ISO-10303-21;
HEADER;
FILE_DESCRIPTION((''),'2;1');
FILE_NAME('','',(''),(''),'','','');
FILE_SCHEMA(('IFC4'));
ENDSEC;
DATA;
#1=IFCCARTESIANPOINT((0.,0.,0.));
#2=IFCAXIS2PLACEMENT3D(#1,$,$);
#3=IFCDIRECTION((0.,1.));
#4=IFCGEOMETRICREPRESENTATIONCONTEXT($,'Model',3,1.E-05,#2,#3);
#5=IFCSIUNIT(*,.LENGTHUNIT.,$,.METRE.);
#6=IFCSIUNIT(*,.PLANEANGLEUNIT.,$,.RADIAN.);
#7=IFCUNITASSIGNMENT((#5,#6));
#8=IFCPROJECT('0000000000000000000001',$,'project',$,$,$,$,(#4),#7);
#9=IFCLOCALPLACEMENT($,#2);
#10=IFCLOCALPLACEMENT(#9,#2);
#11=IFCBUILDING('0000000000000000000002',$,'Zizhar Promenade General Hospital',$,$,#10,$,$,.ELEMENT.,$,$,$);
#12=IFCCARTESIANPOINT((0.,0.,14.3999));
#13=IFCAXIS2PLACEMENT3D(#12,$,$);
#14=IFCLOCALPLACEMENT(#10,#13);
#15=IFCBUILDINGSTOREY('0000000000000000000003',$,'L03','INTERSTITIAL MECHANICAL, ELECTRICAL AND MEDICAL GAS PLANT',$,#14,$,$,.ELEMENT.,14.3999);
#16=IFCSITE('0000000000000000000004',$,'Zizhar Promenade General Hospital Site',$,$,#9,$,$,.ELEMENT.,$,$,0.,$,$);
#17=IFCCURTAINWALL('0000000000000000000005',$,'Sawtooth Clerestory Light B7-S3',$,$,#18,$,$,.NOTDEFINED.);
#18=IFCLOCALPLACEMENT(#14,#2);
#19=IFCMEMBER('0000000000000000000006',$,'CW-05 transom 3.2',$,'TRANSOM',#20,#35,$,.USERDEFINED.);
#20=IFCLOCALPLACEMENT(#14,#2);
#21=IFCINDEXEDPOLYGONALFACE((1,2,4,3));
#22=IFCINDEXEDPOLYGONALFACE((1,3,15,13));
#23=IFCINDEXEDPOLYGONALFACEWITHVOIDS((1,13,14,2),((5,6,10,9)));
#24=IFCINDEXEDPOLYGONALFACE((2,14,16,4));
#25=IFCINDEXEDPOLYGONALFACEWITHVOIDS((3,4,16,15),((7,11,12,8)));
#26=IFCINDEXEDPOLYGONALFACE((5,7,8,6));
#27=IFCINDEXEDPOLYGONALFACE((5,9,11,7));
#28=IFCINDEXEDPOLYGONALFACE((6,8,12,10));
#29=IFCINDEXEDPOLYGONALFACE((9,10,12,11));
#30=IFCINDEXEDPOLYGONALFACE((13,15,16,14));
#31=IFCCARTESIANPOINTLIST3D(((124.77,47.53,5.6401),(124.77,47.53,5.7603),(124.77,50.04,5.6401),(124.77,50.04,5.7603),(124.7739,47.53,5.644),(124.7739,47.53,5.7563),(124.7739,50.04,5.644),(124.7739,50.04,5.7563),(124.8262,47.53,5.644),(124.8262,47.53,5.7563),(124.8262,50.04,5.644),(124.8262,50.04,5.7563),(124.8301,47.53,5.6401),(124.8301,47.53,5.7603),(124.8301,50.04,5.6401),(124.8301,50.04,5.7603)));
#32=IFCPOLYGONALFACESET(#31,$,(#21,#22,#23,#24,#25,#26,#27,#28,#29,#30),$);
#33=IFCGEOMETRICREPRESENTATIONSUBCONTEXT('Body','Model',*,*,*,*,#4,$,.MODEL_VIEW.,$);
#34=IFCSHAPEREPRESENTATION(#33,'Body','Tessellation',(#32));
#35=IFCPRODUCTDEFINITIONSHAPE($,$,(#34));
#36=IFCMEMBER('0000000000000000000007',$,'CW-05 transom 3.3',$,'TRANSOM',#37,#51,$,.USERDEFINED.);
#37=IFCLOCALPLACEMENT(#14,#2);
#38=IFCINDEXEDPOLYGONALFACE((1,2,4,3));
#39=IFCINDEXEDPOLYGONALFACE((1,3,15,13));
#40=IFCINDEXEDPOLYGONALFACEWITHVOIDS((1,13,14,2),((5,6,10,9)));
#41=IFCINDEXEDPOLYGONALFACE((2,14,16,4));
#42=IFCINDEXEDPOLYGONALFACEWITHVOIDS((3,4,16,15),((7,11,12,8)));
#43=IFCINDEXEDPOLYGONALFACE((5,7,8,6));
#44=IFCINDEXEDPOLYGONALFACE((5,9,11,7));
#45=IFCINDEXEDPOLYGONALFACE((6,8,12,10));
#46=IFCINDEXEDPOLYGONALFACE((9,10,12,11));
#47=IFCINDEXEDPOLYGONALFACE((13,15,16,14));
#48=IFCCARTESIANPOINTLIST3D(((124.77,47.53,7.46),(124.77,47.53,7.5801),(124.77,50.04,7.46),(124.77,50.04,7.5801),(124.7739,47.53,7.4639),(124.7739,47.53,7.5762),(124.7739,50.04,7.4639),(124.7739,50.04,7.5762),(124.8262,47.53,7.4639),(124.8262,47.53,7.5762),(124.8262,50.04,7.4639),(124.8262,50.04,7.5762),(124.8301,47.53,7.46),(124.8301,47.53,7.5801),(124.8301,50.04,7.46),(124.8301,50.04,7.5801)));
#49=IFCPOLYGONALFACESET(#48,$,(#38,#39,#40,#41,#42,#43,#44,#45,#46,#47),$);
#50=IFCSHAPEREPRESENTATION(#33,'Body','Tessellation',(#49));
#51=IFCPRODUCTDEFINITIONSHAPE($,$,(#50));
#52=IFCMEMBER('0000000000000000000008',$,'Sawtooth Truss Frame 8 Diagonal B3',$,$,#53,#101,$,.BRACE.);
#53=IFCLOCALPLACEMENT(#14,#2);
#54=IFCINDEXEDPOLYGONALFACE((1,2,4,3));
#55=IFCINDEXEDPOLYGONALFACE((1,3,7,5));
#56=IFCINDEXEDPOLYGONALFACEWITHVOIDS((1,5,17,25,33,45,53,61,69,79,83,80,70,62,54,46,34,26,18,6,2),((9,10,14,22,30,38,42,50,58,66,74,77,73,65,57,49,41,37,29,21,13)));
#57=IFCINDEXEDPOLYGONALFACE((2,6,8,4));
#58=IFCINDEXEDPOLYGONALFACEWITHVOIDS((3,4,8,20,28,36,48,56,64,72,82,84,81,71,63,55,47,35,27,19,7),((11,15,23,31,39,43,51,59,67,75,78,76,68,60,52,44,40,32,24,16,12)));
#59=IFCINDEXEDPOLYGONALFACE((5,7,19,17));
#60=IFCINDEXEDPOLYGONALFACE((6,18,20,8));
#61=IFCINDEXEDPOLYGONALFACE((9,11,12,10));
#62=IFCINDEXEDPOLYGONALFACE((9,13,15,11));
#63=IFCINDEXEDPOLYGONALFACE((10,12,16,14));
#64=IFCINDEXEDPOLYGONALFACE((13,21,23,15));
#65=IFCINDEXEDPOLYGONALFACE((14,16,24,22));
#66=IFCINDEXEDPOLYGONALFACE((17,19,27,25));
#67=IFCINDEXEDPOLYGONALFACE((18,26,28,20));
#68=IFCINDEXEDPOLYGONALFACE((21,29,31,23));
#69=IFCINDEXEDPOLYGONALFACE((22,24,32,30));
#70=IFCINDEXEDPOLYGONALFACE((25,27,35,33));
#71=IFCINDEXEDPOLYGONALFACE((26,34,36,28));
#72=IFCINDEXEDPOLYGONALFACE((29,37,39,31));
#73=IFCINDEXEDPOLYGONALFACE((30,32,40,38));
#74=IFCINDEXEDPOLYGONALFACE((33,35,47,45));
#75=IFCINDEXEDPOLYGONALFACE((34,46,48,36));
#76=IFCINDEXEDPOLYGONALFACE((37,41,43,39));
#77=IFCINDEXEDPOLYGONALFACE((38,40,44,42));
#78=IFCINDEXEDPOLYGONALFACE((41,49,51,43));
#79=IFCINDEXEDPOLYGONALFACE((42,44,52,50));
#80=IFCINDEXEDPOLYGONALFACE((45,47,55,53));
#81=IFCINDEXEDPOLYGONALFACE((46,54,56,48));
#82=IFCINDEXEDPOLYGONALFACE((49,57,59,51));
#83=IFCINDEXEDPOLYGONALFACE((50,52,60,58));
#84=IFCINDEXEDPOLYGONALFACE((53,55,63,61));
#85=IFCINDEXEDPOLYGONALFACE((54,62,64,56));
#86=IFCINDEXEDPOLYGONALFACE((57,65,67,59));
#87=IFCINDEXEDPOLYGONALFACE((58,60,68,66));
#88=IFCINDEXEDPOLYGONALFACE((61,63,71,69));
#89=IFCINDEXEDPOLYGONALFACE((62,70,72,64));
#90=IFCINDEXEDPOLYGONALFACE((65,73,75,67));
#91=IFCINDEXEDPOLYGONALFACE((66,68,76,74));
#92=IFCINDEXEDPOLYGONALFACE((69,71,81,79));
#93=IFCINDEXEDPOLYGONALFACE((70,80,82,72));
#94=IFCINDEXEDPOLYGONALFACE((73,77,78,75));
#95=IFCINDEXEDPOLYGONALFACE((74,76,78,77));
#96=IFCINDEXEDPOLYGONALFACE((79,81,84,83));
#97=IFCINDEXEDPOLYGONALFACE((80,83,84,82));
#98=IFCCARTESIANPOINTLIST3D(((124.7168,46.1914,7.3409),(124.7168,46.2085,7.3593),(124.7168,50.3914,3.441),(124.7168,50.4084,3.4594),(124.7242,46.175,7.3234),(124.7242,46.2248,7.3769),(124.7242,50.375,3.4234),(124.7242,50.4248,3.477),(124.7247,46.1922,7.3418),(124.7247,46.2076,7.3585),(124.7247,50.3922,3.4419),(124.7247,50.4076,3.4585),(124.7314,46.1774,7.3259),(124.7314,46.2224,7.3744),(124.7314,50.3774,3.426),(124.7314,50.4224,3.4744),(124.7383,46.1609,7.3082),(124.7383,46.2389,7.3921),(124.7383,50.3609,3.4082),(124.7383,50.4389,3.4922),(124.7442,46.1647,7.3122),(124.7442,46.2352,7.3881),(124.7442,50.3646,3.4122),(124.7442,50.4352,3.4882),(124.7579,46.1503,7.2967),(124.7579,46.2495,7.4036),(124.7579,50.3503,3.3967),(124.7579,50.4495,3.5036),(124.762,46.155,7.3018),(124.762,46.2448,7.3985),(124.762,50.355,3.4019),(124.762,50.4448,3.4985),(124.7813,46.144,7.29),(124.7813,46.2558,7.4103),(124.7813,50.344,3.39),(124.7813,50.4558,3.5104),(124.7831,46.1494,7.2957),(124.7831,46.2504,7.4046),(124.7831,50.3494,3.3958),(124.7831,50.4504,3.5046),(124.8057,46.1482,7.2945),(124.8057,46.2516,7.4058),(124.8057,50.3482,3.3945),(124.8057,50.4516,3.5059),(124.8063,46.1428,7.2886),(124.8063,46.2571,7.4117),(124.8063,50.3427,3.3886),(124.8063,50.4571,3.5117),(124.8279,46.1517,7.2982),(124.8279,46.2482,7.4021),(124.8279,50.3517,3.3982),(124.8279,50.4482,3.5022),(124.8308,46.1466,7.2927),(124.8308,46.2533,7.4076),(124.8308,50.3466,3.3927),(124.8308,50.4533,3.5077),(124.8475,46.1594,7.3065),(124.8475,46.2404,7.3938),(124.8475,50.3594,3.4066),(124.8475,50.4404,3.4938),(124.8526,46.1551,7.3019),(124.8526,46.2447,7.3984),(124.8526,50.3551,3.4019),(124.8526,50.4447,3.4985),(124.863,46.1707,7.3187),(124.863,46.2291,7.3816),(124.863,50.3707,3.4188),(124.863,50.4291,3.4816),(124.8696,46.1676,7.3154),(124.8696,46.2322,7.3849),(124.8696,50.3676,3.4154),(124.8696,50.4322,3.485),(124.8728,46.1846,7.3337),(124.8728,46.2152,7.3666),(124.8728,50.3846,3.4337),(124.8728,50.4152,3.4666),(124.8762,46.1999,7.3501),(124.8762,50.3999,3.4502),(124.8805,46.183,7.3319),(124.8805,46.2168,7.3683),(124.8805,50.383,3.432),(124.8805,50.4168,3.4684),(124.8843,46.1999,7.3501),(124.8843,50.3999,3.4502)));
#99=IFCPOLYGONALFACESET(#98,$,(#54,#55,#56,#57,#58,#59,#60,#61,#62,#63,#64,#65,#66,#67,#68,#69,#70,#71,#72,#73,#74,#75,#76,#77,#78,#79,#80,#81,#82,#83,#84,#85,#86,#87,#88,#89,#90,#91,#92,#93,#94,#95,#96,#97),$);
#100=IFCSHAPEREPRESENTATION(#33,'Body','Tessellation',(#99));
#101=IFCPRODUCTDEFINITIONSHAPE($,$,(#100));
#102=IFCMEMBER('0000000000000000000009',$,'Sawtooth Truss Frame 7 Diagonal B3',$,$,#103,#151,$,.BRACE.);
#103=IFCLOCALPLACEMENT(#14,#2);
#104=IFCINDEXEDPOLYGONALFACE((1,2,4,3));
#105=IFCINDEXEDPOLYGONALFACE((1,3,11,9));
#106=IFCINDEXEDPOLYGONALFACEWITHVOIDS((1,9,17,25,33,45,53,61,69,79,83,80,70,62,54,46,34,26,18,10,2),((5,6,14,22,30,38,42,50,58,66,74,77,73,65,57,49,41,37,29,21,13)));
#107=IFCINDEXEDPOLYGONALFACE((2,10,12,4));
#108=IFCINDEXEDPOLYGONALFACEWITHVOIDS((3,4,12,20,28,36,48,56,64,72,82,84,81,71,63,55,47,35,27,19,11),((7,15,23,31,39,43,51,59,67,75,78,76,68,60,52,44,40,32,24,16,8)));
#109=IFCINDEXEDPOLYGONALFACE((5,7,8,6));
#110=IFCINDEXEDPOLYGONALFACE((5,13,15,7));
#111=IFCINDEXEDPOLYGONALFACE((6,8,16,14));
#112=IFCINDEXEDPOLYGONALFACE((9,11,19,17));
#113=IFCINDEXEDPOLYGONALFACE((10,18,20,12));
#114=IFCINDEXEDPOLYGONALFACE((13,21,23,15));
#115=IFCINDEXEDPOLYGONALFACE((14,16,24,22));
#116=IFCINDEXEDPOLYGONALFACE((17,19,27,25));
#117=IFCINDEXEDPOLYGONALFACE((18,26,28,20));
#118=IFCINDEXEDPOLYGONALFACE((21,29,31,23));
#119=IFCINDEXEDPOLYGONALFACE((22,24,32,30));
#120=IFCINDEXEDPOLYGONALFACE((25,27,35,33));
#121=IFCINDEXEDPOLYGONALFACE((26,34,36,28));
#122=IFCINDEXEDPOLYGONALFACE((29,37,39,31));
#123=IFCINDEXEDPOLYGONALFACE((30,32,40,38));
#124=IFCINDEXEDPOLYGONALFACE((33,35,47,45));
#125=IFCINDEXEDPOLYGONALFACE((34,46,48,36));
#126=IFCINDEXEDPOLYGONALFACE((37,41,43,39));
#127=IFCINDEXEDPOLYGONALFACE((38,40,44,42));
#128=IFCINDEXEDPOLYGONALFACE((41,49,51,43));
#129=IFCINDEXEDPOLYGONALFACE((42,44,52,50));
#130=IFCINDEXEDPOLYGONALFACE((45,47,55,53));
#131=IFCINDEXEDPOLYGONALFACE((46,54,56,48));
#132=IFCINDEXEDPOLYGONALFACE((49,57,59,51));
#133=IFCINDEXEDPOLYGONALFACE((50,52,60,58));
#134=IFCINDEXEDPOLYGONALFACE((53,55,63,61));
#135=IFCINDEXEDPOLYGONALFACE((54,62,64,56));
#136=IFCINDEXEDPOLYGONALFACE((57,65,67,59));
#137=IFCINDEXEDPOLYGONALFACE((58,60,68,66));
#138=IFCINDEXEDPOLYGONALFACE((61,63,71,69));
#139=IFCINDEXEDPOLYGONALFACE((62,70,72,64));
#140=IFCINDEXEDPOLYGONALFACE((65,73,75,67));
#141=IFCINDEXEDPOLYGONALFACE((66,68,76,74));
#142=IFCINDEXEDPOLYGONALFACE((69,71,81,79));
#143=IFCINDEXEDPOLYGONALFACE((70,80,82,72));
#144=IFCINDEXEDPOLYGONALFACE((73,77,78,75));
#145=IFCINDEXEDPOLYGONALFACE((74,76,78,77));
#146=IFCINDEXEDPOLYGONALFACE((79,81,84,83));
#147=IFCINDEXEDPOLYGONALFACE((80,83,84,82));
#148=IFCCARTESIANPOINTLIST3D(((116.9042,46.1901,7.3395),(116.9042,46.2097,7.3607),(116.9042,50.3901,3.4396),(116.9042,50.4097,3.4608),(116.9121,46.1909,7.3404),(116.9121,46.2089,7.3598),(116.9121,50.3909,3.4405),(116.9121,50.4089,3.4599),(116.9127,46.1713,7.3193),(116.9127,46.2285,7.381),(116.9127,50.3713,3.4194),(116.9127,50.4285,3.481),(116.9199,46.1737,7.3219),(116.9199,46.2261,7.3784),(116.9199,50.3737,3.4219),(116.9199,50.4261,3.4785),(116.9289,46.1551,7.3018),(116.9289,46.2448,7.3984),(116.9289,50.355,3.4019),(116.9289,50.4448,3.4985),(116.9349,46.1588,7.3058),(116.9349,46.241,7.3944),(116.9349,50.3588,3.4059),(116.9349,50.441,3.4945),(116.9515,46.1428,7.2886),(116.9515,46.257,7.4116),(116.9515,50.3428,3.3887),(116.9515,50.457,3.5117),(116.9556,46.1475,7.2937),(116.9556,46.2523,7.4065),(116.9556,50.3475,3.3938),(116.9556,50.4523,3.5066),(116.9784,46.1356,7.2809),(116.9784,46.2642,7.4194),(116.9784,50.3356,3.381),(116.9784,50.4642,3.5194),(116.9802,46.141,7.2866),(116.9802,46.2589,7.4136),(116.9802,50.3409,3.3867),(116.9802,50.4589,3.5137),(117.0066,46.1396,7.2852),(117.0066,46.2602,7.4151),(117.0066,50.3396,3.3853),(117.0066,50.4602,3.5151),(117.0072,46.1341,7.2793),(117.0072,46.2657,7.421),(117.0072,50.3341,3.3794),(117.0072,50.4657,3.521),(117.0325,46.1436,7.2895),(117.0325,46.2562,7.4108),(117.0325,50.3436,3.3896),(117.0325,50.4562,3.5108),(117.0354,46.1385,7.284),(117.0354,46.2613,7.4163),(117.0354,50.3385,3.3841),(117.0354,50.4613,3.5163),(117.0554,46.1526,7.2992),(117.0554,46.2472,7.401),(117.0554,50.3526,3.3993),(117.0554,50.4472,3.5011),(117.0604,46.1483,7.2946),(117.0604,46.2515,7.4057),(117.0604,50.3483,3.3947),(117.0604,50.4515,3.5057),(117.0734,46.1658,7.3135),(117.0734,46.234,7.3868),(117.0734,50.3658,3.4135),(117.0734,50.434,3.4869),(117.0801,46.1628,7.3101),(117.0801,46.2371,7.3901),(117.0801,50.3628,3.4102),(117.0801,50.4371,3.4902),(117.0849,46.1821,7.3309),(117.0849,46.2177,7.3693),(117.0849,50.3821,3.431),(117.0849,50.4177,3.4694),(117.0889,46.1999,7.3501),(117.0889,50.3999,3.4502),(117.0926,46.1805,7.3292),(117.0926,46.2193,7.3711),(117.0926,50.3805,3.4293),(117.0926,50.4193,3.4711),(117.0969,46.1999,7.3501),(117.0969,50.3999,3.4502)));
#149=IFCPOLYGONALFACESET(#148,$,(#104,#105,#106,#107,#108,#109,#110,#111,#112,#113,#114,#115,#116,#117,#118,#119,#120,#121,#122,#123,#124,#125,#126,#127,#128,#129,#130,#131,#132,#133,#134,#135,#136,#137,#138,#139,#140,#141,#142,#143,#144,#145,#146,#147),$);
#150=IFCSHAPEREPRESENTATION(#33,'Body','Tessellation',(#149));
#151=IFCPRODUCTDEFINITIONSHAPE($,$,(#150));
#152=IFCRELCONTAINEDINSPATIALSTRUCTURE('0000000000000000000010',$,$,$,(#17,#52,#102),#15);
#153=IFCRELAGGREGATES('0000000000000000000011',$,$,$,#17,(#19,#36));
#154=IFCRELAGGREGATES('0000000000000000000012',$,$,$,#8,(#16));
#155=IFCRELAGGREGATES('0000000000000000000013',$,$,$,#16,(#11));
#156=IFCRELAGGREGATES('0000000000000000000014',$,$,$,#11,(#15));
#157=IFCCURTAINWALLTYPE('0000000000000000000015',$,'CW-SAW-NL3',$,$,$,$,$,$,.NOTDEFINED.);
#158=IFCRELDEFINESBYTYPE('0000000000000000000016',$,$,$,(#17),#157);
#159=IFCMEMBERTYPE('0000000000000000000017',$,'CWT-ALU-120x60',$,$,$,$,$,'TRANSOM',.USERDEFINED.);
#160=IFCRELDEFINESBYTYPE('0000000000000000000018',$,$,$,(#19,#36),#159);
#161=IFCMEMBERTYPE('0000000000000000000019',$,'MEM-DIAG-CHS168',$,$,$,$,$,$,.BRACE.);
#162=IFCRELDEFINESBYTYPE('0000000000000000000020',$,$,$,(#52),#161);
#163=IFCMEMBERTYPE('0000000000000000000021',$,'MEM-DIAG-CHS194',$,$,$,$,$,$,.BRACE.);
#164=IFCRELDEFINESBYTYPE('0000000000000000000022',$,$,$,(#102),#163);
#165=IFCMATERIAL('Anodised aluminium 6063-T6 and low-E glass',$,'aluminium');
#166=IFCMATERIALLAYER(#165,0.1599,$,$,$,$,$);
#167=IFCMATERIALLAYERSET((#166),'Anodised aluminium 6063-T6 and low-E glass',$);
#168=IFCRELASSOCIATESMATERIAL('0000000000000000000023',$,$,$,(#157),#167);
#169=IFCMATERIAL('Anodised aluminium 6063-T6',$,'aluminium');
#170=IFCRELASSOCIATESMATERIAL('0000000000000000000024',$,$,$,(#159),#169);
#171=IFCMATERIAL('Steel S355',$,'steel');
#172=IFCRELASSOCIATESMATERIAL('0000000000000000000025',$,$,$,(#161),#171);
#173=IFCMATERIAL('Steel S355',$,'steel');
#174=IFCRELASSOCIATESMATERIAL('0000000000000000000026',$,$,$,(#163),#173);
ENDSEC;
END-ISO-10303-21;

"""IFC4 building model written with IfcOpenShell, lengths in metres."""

from ifc_helpers import new_model, si_unit, direction, frame, origin, origin_2d, place, context, subcontext, project, spatial, hollow_rectangle, hollow_circle, extrude, material, layer, layer_set, material_profile, profile_set, type_object, element, aggregate, save


model = new_model("IFC4")

# Units and contexts
model_context = context("Model", 3, precision=1e-05, world=origin(), true_north=direction((0.0, 1.0)))
body_context = subcontext(model_context, "Body", "Model", "MODEL_VIEW")
ifc_project = project(units=[si_unit("LENGTHUNIT", "METRE"), si_unit("PLANEANGLEUNIT", "RADIAN")], contexts=[model_context])

# Site, building, storey
site_placement = place(None, origin())
site = spatial("IfcSite", under=ifc_project, at=site_placement, Name="Zizhar Promenade General Hospital Site", CompositionType="ELEMENT", RefElevation=0.0)
building_placement = place(site_placement, origin())
building = spatial("IfcBuilding", under=site, at=building_placement, Name="Zizhar Promenade General Hospital", CompositionType="ELEMENT")
storey_placement = place(building_placement, frame((0.0, 0.0, 14.3999)))
storey = spatial("IfcBuildingStorey", under=building, at=storey_placement, Name="L03", Description="INTERSTITIAL MECHANICAL, ELECTRICAL AND MEDICAL GAS PLANT", CompositionType="ELEMENT", Elevation=14.3999)

# Shared definitions
ifc_material_1 = material(Name="Anodised aluminium 6063-T6 and low-E glass", Category="aluminium")
ifc_layer_1 = layer(ifc_material_1, 0.1599)
ifc_layer_set_1 = layer_set([ifc_layer_1], Name="Anodised aluminium 6063-T6 and low-E glass")
curtain_wall_type = type_object("IfcCurtainWallType", Name="CW-SAW-NL3", PredefinedType="NOTDEFINED", material=ifc_layer_set_1)

# Curtain wall
curtain_wall_1_placement = place(storey_placement, origin())
curtain_wall_1 = element("IfcCurtainWall", 1, at=curtain_wall_1_placement, inside=storey, type_object=curtain_wall_type, Name="Sawtooth Clerestory Light B7-S3", PredefinedType="NOTDEFINED")

# Members
ifc_material_2 = material(Name="Anodised aluminium 6063-T6", Category="aluminium")
ifc_material_profile_1 = material_profile(ifc_material_2, hollow_rectangle(XDim=0.0601, YDim=0.1201, WallThickness=0.0039, at=origin_2d()))
ifc_profile_set_1 = profile_set([ifc_material_profile_1], Name="Anodised aluminium 6063-T6")
member_type_1 = type_object("IfcMemberType", Name="CWT-ALU-120x60", ElementType="TRANSOM", PredefinedType="USERDEFINED", material=ifc_profile_set_1)
member_1_placement = place(storey_placement, frame((124.8, 47.53, 5.7002), z_axis=(0.0, 1.0, 0.0), x_axis=(-1.0, 0.0, 0.0)))
member_1 = element("IfcMember", 2, at=member_1_placement, type_object=member_type_1, Name="CW-05 transom 3.2", ObjectType="TRANSOM", PredefinedType="USERDEFINED", context=body_context, shape_type="SweptSolid", body=[
    extrude(hollow_rectangle(XDim=0.0601, YDim=0.1201, WallThickness=0.0039, at=origin_2d()), origin(), (0.0, 0.0, 1.0), 2.51),
])
member_2_placement = place(storey_placement, frame((124.8, 47.53, 7.52), z_axis=(0.0, 1.0, 0.0), x_axis=(-1.0, 0.0, 0.0)))
member_2 = element("IfcMember", 3, at=member_2_placement, type_object=member_type_1, Name="CW-05 transom 3.3", ObjectType="TRANSOM", PredefinedType="USERDEFINED", context=body_context, shape_type="SweptSolid", body=[
    extrude(hollow_rectangle(XDim=0.0601, YDim=0.1201, WallThickness=0.0039, at=origin_2d()), origin(), (0.0, 0.0, 1.0), 2.51),
])

# Members
ifc_material_3 = material(Name="Steel S355", Category="steel")
ifc_material_profile_2 = material_profile(ifc_material_3, hollow_circle(Radius=0.0842, WallThickness=0.0081, at=origin_2d()))
ifc_profile_set_2 = profile_set([ifc_material_profile_2], Name="Steel S355")
member_type_2 = type_object("IfcMemberType", Name="MEM-DIAG-CHS168", PredefinedType="BRACE", material=ifc_profile_set_2)
member_3_placement = place(storey_placement, frame((124.8, 50.3999, 3.4502), z_axis=(0.0, -0.732798, 0.680446), x_axis=(1.0, 0.0, 0.0)))
element("IfcMember", 4, at=member_3_placement, inside=storey, type_object=member_type_2, Name="Sawtooth Truss Frame 8 Diagonal B3", PredefinedType="BRACE", context=body_context, shape_type="SweptSolid", body=[
    extrude(hollow_circle(Radius=0.0842, WallThickness=0.0081, at=origin_2d()), origin(), (0.0, 0.0, 1.0), 5.7314),
])
ifc_material_4 = material(Name="Steel S355", Category="steel")
ifc_material_profile_3 = material_profile(ifc_material_4, hollow_circle(Radius=0.0969, WallThickness=0.0081, at=origin_2d()))
ifc_profile_set_3 = profile_set([ifc_material_profile_3], Name="Steel S355")
member_type_3 = type_object("IfcMemberType", Name="MEM-DIAG-CHS194", PredefinedType="BRACE", material=ifc_profile_set_3)
member_4_placement = place(storey_placement, frame((117.0, 50.3999, 3.4502), z_axis=(0.0, -0.732798, 0.680446), x_axis=(1.0, 0.0, 0.0)))
element("IfcMember", 5, at=member_4_placement, inside=storey, type_object=member_type_3, Name="Sawtooth Truss Frame 7 Diagonal B3", PredefinedType="BRACE", context=body_context, shape_type="SweptSolid", body=[
    extrude(hollow_circle(Radius=0.0969, WallThickness=0.0081, at=origin_2d()), origin(), (0.0, 0.0, 1.0), 5.7314),
])

aggregate(curtain_wall_1, [member_1, member_2])

save(model, "model.ifc")
